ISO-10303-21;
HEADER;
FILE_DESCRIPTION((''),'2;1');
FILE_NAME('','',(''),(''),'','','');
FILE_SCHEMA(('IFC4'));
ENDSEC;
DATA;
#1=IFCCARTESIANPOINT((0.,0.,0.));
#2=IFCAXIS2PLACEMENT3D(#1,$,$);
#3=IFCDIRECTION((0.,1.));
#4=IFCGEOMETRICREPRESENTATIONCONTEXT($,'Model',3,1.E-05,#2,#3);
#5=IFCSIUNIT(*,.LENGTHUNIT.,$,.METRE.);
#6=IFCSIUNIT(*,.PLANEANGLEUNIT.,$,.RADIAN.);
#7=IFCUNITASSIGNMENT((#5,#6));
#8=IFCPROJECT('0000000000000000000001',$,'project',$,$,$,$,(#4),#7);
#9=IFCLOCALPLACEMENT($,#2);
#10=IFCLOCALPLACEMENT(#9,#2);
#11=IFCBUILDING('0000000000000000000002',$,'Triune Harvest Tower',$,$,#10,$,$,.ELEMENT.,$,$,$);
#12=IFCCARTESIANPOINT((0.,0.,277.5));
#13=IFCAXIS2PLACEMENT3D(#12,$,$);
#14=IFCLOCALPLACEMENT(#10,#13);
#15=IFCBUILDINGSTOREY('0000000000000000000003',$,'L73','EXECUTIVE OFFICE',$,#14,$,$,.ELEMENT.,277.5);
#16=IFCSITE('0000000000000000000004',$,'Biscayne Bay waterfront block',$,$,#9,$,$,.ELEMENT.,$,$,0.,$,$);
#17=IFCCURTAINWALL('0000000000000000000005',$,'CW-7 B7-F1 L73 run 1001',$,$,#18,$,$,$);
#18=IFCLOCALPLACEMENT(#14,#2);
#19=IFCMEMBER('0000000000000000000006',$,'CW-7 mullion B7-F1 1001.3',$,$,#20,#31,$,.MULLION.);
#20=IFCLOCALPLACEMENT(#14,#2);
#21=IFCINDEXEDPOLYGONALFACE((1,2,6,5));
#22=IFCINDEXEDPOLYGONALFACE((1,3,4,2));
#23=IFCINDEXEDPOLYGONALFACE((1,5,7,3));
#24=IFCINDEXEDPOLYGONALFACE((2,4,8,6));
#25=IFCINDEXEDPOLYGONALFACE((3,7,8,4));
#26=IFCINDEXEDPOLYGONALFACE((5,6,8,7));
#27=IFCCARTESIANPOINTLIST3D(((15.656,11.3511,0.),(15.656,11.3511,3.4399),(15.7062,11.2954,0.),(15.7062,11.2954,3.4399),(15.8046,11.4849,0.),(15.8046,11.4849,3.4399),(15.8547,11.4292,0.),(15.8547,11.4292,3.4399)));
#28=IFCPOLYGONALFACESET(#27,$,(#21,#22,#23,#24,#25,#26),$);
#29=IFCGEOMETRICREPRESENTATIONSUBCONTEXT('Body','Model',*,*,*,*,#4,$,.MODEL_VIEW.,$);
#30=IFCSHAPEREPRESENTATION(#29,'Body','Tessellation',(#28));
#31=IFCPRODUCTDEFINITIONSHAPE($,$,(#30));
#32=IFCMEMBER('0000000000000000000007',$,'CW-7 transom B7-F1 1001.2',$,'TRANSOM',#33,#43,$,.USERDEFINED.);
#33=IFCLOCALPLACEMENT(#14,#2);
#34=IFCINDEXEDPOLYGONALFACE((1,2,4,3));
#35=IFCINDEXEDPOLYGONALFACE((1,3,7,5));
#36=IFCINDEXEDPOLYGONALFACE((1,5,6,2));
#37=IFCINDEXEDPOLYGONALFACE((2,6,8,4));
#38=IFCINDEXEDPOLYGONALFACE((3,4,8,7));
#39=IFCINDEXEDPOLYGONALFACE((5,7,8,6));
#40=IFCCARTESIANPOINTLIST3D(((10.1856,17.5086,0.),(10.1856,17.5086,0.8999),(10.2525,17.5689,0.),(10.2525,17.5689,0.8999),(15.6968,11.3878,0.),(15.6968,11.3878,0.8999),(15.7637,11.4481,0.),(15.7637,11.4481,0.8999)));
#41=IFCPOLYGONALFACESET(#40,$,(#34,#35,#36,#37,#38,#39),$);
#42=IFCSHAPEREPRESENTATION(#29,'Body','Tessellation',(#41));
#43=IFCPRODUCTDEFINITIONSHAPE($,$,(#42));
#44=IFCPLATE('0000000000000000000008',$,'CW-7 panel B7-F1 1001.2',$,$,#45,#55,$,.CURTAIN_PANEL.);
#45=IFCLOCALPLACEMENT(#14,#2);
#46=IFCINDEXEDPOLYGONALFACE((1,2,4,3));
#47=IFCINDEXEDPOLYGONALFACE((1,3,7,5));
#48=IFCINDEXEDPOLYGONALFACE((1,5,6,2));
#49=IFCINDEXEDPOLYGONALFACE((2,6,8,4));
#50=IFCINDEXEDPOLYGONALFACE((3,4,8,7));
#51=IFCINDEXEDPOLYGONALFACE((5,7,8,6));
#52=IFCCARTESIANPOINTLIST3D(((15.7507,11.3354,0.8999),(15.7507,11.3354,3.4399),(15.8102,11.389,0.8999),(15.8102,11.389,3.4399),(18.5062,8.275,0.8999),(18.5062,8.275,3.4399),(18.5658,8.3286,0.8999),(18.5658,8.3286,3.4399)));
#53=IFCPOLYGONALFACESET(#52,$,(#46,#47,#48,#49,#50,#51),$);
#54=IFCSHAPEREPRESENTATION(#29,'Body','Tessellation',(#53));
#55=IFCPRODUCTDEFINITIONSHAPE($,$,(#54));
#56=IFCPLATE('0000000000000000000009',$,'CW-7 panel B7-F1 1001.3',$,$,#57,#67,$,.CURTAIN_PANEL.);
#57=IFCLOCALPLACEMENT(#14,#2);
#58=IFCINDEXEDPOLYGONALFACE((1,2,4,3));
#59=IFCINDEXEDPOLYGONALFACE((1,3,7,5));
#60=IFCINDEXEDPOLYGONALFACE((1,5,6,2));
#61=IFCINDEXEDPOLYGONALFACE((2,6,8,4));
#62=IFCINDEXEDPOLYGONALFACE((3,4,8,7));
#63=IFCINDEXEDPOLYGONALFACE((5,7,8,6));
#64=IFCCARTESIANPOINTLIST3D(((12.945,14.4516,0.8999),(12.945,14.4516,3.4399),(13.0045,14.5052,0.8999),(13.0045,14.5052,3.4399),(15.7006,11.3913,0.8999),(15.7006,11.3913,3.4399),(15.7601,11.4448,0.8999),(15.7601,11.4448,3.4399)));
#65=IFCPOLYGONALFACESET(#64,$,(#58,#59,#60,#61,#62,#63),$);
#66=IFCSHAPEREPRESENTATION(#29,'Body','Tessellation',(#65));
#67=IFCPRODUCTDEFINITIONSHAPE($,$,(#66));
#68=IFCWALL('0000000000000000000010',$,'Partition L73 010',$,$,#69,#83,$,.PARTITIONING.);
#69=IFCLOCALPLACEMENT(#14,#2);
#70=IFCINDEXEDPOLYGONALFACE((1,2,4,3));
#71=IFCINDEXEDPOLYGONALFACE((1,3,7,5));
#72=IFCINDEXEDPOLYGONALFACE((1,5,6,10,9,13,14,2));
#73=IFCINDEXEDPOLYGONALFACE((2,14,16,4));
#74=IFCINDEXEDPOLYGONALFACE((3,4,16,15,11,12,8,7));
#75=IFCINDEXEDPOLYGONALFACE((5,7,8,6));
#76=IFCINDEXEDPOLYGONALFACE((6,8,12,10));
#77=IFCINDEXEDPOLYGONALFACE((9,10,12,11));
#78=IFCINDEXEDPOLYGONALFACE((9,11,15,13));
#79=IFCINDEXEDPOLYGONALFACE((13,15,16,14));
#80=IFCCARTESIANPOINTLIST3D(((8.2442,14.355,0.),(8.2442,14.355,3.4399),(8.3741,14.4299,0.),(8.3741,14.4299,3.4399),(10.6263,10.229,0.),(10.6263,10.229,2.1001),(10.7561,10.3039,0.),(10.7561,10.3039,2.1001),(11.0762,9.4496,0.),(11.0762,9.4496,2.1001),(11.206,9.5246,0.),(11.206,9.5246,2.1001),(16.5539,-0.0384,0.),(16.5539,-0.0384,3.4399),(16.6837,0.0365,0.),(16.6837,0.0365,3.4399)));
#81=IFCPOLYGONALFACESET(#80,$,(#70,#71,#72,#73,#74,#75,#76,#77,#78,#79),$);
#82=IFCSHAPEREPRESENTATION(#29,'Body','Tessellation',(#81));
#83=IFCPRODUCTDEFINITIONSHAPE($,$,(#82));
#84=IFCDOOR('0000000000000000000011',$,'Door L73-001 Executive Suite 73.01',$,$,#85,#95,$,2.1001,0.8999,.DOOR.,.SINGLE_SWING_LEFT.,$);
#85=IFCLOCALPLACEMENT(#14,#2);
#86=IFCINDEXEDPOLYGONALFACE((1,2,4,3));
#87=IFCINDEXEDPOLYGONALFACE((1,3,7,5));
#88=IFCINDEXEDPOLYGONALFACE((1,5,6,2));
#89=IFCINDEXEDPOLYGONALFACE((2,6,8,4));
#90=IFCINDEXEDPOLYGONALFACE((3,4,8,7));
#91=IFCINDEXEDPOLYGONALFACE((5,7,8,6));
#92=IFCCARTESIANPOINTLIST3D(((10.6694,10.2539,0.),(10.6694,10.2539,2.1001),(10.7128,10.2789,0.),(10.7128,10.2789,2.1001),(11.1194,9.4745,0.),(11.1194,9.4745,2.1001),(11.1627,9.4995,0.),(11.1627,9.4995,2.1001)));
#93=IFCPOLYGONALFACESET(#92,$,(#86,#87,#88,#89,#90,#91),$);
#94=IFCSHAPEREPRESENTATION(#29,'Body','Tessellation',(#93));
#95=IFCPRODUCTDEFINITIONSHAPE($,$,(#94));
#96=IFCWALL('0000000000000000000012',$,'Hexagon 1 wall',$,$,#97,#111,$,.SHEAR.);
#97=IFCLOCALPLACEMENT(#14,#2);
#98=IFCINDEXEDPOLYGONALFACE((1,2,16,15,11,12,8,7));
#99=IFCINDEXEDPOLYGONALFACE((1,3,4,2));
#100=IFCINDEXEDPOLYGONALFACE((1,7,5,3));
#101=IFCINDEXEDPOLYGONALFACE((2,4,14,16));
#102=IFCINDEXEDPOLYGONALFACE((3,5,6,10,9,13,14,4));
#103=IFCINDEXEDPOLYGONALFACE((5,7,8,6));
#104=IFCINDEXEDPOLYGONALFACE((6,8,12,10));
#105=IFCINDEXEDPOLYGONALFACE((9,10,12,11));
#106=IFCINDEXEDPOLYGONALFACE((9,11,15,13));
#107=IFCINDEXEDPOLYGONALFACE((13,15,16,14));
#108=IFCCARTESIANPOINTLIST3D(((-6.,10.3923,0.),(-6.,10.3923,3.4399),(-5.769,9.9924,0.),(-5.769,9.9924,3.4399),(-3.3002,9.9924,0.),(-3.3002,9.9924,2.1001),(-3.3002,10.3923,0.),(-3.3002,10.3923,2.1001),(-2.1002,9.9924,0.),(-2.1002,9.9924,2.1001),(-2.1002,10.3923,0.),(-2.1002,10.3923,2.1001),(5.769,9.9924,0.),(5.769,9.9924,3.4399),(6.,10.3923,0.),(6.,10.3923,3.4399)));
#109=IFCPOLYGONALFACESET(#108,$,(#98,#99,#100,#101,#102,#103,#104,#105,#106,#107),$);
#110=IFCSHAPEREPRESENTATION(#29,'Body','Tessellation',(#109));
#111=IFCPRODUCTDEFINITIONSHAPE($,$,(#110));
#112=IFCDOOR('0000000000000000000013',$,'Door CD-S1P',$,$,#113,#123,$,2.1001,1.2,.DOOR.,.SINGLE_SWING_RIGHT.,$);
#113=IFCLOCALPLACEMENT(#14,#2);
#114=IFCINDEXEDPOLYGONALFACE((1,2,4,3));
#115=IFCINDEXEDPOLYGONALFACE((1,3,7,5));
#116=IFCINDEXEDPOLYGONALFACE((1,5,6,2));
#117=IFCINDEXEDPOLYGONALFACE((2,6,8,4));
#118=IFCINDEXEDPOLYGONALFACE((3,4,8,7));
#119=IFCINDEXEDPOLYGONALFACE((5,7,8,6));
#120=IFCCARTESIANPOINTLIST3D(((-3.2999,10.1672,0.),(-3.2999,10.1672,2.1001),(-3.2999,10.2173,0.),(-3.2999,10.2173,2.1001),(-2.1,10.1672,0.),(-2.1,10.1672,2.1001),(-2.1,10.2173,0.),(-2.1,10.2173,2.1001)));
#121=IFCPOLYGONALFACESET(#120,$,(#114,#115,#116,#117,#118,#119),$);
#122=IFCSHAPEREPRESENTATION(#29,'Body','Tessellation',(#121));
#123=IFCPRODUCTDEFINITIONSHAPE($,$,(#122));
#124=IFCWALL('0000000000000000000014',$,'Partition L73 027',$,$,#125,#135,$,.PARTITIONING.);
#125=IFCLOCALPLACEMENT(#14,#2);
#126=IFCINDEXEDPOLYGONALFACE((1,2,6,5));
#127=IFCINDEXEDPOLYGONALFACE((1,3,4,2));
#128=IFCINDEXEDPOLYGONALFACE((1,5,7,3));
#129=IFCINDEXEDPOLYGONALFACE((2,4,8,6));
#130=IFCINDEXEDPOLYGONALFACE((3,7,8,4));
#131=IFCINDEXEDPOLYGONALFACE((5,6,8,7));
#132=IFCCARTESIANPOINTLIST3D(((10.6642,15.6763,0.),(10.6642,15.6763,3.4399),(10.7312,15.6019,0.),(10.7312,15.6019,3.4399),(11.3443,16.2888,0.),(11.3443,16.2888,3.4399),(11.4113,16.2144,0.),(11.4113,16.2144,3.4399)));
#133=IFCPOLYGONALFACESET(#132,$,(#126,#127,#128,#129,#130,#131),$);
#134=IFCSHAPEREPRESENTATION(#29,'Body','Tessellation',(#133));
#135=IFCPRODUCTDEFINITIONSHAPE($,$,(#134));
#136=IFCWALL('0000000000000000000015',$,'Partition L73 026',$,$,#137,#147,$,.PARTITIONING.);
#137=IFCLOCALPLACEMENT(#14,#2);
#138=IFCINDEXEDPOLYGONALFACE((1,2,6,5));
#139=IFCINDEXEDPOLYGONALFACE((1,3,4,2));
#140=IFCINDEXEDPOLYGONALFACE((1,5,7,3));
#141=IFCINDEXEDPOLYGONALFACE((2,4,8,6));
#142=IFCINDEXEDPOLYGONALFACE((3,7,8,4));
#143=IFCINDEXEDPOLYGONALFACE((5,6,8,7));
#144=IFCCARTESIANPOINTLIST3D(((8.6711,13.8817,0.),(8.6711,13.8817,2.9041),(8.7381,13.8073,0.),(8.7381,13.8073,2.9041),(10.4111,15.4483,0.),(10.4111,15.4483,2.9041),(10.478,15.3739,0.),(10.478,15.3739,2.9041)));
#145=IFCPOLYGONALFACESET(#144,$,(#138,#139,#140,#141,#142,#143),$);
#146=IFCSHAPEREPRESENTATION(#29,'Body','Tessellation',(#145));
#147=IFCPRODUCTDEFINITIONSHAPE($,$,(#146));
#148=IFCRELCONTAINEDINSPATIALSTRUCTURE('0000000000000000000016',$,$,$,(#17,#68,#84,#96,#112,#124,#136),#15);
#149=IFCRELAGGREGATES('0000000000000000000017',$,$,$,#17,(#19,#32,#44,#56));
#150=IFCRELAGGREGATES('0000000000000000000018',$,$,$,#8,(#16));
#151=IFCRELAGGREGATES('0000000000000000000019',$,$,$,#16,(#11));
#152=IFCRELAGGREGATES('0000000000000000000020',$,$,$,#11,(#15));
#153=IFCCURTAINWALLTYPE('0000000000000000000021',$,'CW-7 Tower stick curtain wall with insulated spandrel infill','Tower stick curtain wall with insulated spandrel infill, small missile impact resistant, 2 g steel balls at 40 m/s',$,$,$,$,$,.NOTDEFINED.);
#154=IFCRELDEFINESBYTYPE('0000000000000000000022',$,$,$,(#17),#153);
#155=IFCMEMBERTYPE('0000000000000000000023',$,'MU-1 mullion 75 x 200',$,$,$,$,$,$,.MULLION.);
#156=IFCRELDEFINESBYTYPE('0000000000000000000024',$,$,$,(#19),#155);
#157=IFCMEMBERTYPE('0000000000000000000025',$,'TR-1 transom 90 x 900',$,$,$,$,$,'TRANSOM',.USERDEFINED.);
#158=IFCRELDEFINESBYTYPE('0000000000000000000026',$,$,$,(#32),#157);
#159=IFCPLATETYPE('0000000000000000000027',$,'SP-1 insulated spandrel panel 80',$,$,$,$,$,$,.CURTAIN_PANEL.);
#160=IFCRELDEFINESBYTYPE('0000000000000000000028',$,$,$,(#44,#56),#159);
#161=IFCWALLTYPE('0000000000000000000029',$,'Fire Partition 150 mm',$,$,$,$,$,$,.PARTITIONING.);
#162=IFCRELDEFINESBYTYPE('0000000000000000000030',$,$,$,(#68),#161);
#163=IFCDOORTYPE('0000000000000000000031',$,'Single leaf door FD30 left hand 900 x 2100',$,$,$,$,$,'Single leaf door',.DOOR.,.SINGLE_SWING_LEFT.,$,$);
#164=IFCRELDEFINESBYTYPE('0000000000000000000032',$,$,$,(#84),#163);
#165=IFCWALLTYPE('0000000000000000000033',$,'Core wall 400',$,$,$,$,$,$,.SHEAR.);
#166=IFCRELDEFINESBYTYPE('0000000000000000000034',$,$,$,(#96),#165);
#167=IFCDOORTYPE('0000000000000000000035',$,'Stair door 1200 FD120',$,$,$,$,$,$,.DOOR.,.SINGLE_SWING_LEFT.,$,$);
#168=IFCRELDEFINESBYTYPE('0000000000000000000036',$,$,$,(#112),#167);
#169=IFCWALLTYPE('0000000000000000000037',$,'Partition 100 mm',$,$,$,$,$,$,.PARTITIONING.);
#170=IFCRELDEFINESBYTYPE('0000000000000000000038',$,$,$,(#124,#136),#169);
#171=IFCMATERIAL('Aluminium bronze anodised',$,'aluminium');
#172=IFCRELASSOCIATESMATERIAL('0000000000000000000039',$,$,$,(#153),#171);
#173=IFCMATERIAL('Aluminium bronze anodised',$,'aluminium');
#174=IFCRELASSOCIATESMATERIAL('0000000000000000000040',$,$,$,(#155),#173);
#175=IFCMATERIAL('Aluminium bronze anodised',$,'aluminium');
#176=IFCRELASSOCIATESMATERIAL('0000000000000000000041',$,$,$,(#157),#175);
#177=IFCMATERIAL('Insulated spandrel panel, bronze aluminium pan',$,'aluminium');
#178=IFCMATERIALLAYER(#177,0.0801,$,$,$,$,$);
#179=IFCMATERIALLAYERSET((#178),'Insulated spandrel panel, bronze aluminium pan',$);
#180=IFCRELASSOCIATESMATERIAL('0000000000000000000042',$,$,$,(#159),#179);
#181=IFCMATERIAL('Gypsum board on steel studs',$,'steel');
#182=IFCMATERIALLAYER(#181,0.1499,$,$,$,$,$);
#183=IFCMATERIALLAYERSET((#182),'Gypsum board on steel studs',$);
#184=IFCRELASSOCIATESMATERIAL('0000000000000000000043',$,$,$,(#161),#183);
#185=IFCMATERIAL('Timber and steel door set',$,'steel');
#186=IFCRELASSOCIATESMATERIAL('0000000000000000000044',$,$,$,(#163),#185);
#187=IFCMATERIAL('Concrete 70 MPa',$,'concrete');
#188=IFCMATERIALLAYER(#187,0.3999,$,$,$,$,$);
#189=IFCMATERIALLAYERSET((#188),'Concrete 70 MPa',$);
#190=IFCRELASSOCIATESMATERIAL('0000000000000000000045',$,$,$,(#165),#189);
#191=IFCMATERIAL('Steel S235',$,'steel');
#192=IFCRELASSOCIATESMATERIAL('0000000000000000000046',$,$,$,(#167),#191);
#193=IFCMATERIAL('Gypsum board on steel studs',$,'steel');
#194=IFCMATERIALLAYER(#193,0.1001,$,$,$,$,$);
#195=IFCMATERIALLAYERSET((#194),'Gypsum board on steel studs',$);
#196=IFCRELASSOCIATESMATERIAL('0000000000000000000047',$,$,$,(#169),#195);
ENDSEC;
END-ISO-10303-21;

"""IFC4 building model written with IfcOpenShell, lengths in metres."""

from ifc_helpers import new_model, si_unit, direction, frame, frame_2d, origin, origin_2d, place, context, subcontext, project, spatial, polyline, rectangle, outline, extrude, source, transform, mapped, material, layer, layer_set, material_profile, profile_set, type_object, element, fill, aggregate, save


model = new_model("IFC4")

# Units and contexts
model_context = context("Model", 3, precision=1e-05, world=origin(), true_north=direction((0.0, 1.0)))
body_context = subcontext(model_context, "Body", "Model", "MODEL_VIEW")
ifc_project = project(units=[si_unit("LENGTHUNIT", "METRE"), si_unit("PLANEANGLEUNIT", "RADIAN")], contexts=[model_context])

# Site, building, storey
site_placement = place(None, origin())
site = spatial("IfcSite", under=ifc_project, at=site_placement, Name="Biscayne Bay waterfront block", CompositionType="ELEMENT", RefElevation=0.0)
building_placement = place(site_placement, origin())
building = spatial("IfcBuilding", under=site, at=building_placement, Name="Triune Harvest Tower", CompositionType="ELEMENT")
storey_placement = place(building_placement, frame((0.0, 0.0, 277.5)))
storey = spatial("IfcBuildingStorey", under=building, at=storey_placement, Name="L73", Description="EXECUTIVE OFFICE", CompositionType="ELEMENT", Elevation=277.5)

# Curtain wall, members, plates
ifc_material_1 = material(Name="Aluminium bronze anodised", Category="aluminium")
curtain_wall_type = type_object("IfcCurtainWallType", Name="CW-7 Tower stick curtain wall with insulated spandrel infill", Description="Tower stick curtain wall with insulated spandrel infill, small missile impact resistant, 2 g steel balls at 40 m/s", PredefinedType="NOTDEFINED", material=ifc_material_1)
curtain_wall_placement = place(storey_placement, origin())
curtain_wall = element("IfcCurtainWall", 1, at=curtain_wall_placement, inside=storey, type_object=curtain_wall_type, Name="CW-7 B7-F1 L73 run 1001")
ifc_material_2 = material(Name="Aluminium bronze anodised", Category="aluminium")
ifc_material_profile_1 = material_profile(ifc_material_2, rectangle(XDim=0.2, YDim=0.075, at=origin_2d()), Name="MU-1 mullion 75 x 200")
ifc_profile_set_1 = profile_set([ifc_material_profile_1], Name="Aluminium bronze anodised")
member_type_1 = type_object("IfcMemberType", Name="MU-1 mullion 75 x 200", PredefinedType="MULLION", material=ifc_profile_set_1)
shared_shape_1 = source(origin(), body_context, "Body", "SweptSolid", [
    extrude(rectangle(XDim=0.2, YDim=0.075, at=origin_2d()), origin(), (0.0, 0.0, 1.0), 3.4399),
])
member_1_placement = place(storey_placement, frame((15.7554, 11.3901, 0.0), z_axis=(0.0, 0.0, 1.0), x_axis=(-0.743144, -0.669131, 0.0)))
member_1 = element("IfcMember", 2, at=member_1_placement, type_object=member_type_1, Name="CW-7 mullion B7-F1 1001.3", PredefinedType="MULLION", context=body_context, shape_type="MappedRepresentation", body=[
    mapped(shared_shape_1, transform((0.0, 0.0, 0.0), scale=1.0)),
])
ifc_material_3 = material(Name="Aluminium bronze anodised", Category="aluminium")
ifc_material_profile_2 = material_profile(ifc_material_3, rectangle(XDim=0.0901, YDim=0.8999, at=origin_2d()), Name="TR-1 transom 90 x 900")
ifc_profile_set_2 = profile_set([ifc_material_profile_2], Name="Aluminium bronze anodised")
member_type_2 = type_object("IfcMemberType", Name="TR-1 transom 90 x 900", ElementType="TRANSOM", PredefinedType="USERDEFINED", material=ifc_profile_set_2)
shared_shape_2 = source(origin(), body_context, "Body", "SweptSolid", [
    extrude(rectangle(XDim=0.0901, YDim=0.8999, at=origin_2d()), origin(), (0.0, 0.0, 1.0), 8.2363),
])
member_2_placement = place(storey_placement, frame((15.7302, 11.418, 0.45), z_axis=(-0.66913, 0.743145, 0.0), x_axis=(-0.743145, -0.66913, 0.0)))
member_2 = element("IfcMember", 3, at=member_2_placement, type_object=member_type_2, Name="CW-7 transom B7-F1 1001.2", ObjectType="TRANSOM", PredefinedType="USERDEFINED", context=body_context, shape_type="MappedRepresentation", body=[
    mapped(shared_shape_2, transform((0.0, 0.0, 0.0), scale=1.0)),
])
ifc_material_4 = material(Name="Insulated spandrel panel, bronze aluminium pan", Category="aluminium")
ifc_layer_1 = layer(ifc_material_4, 0.0801)
ifc_layer_set_1 = layer_set([ifc_layer_1], Name="Insulated spandrel panel, bronze aluminium pan")
plate_type = type_object("IfcPlateType", Name="SP-1 insulated spandrel panel 80", PredefinedType="CURTAIN_PANEL", material=ifc_layer_set_1)
shared_shape_3 = source(origin(), body_context, "Body", "SweptSolid", [
    extrude(rectangle(XDim=4.1182, YDim=0.0801, at=origin_2d()), origin(), (0.0, 0.0, 1.0), 2.54),
])
plate_1_placement = place(storey_placement, frame((17.1582, 9.832, 0.8999), z_axis=(0.0, 0.0, 1.0), x_axis=(-0.669131, 0.743144, 0.0)))
plate_1 = element("IfcPlate", 4, at=plate_1_placement, type_object=plate_type, Name="CW-7 panel B7-F1 1001.2", PredefinedType="CURTAIN_PANEL", context=body_context, shape_type="MappedRepresentation", body=[
    mapped(shared_shape_3, transform((0.0, 0.0, 0.0), scale=1.0)),
])
plate_2_placement = place(storey_placement, frame((14.3525, 12.9482, 0.8999), z_axis=(0.0, 0.0, 1.0), x_axis=(-0.669131, 0.743144, 0.0)))
plate_2 = element("IfcPlate", 5, at=plate_2_placement, type_object=plate_type, Name="CW-7 panel B7-F1 1001.3", PredefinedType="CURTAIN_PANEL", context=body_context, shape_type="MappedRepresentation", body=[
    mapped(shared_shape_3, transform((0.0, 0.0, 0.0), scale=1.0)),
])
aggregate(curtain_wall, [member_1, member_2, plate_1, plate_2])

# Walls, openings, doors
ifc_material_5 = material(Name="Gypsum board on steel studs", Category="steel")
ifc_layer_2 = layer(ifc_material_5, 0.1499)
ifc_layer_set_2 = layer_set([ifc_layer_2], Name="Gypsum board on steel studs")
wall_type_1 = type_object("IfcWallType", Name="Fire Partition 150 mm", PredefinedType="PARTITIONING", material=ifc_layer_set_2)
wall_1_placement = place(storey_placement, frame((8.3091, 14.3926, 0.0), z_axis=(0.0, 0.0, 1.0), x_axis=(0.499981, -0.866036, 0.0)))
wall_1 = element("IfcWall", 6, at=wall_1_placement, inside=storey, type_object=wall_type_1, Name="Partition L73 010", PredefinedType="PARTITIONING", context=body_context, shape_type="SweptSolid", body=[
    extrude(rectangle(XDim=16.6199, YDim=0.1499, at=frame_2d((8.3101, 0.0))), origin(), (0.0, 0.0, 1.0), 3.4399),
])
opening_1_placement = place(wall_1_placement, frame((4.7644, 0.0, 0.0)))
opening_1 = element("IfcOpeningElement", 7, at=opening_1_placement, cuts=wall_1, PredefinedType="OPENING", context=body_context, shape_type="SweptSolid", body=[
    extrude(rectangle(XDim=0.8999, YDim=2.1001, at=frame_2d((0.45, 1.05))), frame((0.0, 0.085, 0.0), z_axis=(0.0, -1.0, 0.0), x_axis=(1.0, 0.0, 0.0)), (0.0, 0.0, 1.0), 0.1699),
])
ifc_material_6 = material(Name="Timber and steel door set", Category="steel")
door_type_1 = type_object("IfcDoorType", Name="Single leaf door FD30 left hand 900 x 2100", ElementType="Single leaf door", OperationType="SINGLE_SWING_LEFT", PredefinedType="DOOR", material=ifc_material_6)
door_1_placement = place(opening_1_placement, origin())
door_1 = element("IfcDoor", 8, at=door_1_placement, inside=storey, type_object=door_type_1, Name="Door L73-001 Executive Suite 73.01", OperationType="SINGLE_SWING_LEFT", OverallHeight=2.1001, OverallWidth=0.8999, PredefinedType="DOOR", context=body_context, shape_type="SweptSolid", body=[
    extrude(rectangle(XDim=0.8999, YDim=2.1001, at=frame_2d((0.45, 1.05))), frame((0.0, 0.0249, 0.0), z_axis=(0.0, -1.0, 0.0), x_axis=(1.0, 0.0, 0.0)), (0.0, 0.0, 1.0), 0.05),
])
fill(opening_1, door_1)
ifc_material_7 = material(Name="Concrete 70 MPa", Category="concrete")
ifc_layer_3 = layer(ifc_material_7, 0.3999)
ifc_layer_set_3 = layer_set([ifc_layer_3], Name="Concrete 70 MPa")
wall_type_2 = type_object("IfcWallType", Name="Core wall 400", PredefinedType="SHEAR", material=ifc_layer_set_3)
shared_shape_4 = source(origin(), body_context, "Body", "SweptSolid", [
    extrude(outline(polyline([(-0.1155, -0.2), (11.8845, -0.2), (11.6536, 0.2), (0.1155, 0.2), (-0.1155, -0.2)])), origin(), (0.0, 0.0, 1.0), 3.4399),
])
wall_2_placement = place(storey_placement, frame((5.8845, 10.1924, 0.0), z_axis=(0.0, 0.0, 1.0), x_axis=(-1.0, 0.0, 0.0)))
wall_2 = element("IfcWall", 9, at=wall_2_placement, inside=storey, type_object=wall_type_2, Name="Hexagon 1 wall", PredefinedType="SHEAR", context=body_context, shape_type="MappedRepresentation", body=[
    mapped(shared_shape_4, transform((0.0, 0.0, 0.0), scale=1.0)),
])
opening_2_placement = place(wall_2_placement, frame((7.9846, 0.0, 0.0)))
opening_2 = element("IfcOpeningElement", 10, at=opening_2_placement, cuts=wall_2, PredefinedType="OPENING", context=body_context, shape_type="SweptSolid", body=[
    extrude(rectangle(XDim=1.2, YDim=2.1001, at=frame_2d((0.6001, 1.05))), frame((0.0, 0.21, 0.0), z_axis=(0.0, -1.0, 0.0), x_axis=(1.0, 0.0, 0.0)), (0.0, 0.0, 1.0), 0.4199),
])
ifc_material_8 = material(Name="Steel S235", Category="steel")
door_type_2 = type_object("IfcDoorType", Name="Stair door 1200 FD120", OperationType="SINGLE_SWING_LEFT", PredefinedType="DOOR", material=ifc_material_8)
door_2_placement = place(opening_2_placement, frame((1.2, 0.0, 0.0), z_axis=(0.0, 0.0, 1.0), x_axis=(-1.0, 0.0, 0.0)))
door_2 = element("IfcDoor", 11, at=door_2_placement, inside=storey, type_object=door_type_2, Name="Door CD-S1P", OperationType="SINGLE_SWING_RIGHT", OverallHeight=2.1001, OverallWidth=1.2, PredefinedType="DOOR", context=body_context, shape_type="SweptSolid", body=[
    extrude(rectangle(XDim=1.2, YDim=2.1001, at=frame_2d((0.6001, 1.05))), frame((0.0, 0.0249, 0.0), z_axis=(0.0, -1.0, 0.0), x_axis=(1.0, 0.0, 0.0)), (0.0, 0.0, 1.0), 0.05),
])
fill(opening_2, door_2)

# Walls
ifc_material_9 = material(Name="Gypsum board on steel studs", Category="steel")
ifc_layer_4 = layer(ifc_material_9, 0.1001)
ifc_layer_set_4 = layer_set([ifc_layer_4], Name="Gypsum board on steel studs")
wall_type_3 = type_object("IfcWallType", Name="Partition 100 mm", PredefinedType="PARTITIONING", material=ifc_layer_set_4)
shared_shape_5 = source(origin(), body_context, "Body", "SweptSolid", [
    extrude(rectangle(XDim=0.9153, YDim=0.1001, at=frame_2d((0.4575, 0.0))), origin(), (0.0, 0.0, 1.0), 3.4399),
])
wall_3_placement = place(storey_placement, frame((10.6978, 15.6392, 0.0), z_axis=(0.0, 0.0, 1.0), x_axis=(0.743082, 0.6692, 0.0)))
element("IfcWall", 12, at=wall_3_placement, inside=storey, type_object=wall_type_3, Name="Partition L73 027", PredefinedType="PARTITIONING", context=body_context, shape_type="MappedRepresentation", body=[
    mapped(shared_shape_5, transform((0.0, 0.0, 0.0), scale=1.0)),
])
shared_shape_6 = source(origin(), body_context, "Body", "SweptSolid", [
    extrude(rectangle(XDim=2.3413, YDim=0.1001, at=frame_2d((1.1707, 0.0))), origin(), (0.0, 0.0, 1.0), 2.9041),
])
wall_4_placement = place(storey_placement, frame((8.7046, 13.8445, 0.0), z_axis=(0.0, 0.0, 1.0), x_axis=(0.743154, 0.66912, 0.0)))
element("IfcWall", 13, at=wall_4_placement, inside=storey, type_object=wall_type_3, Name="Partition L73 026", PredefinedType="PARTITIONING", context=body_context, shape_type="MappedRepresentation", body=[
    mapped(shared_shape_6, transform((0.0, 0.0, 0.0), scale=1.0)),
])

save(model, "model.ifc")
